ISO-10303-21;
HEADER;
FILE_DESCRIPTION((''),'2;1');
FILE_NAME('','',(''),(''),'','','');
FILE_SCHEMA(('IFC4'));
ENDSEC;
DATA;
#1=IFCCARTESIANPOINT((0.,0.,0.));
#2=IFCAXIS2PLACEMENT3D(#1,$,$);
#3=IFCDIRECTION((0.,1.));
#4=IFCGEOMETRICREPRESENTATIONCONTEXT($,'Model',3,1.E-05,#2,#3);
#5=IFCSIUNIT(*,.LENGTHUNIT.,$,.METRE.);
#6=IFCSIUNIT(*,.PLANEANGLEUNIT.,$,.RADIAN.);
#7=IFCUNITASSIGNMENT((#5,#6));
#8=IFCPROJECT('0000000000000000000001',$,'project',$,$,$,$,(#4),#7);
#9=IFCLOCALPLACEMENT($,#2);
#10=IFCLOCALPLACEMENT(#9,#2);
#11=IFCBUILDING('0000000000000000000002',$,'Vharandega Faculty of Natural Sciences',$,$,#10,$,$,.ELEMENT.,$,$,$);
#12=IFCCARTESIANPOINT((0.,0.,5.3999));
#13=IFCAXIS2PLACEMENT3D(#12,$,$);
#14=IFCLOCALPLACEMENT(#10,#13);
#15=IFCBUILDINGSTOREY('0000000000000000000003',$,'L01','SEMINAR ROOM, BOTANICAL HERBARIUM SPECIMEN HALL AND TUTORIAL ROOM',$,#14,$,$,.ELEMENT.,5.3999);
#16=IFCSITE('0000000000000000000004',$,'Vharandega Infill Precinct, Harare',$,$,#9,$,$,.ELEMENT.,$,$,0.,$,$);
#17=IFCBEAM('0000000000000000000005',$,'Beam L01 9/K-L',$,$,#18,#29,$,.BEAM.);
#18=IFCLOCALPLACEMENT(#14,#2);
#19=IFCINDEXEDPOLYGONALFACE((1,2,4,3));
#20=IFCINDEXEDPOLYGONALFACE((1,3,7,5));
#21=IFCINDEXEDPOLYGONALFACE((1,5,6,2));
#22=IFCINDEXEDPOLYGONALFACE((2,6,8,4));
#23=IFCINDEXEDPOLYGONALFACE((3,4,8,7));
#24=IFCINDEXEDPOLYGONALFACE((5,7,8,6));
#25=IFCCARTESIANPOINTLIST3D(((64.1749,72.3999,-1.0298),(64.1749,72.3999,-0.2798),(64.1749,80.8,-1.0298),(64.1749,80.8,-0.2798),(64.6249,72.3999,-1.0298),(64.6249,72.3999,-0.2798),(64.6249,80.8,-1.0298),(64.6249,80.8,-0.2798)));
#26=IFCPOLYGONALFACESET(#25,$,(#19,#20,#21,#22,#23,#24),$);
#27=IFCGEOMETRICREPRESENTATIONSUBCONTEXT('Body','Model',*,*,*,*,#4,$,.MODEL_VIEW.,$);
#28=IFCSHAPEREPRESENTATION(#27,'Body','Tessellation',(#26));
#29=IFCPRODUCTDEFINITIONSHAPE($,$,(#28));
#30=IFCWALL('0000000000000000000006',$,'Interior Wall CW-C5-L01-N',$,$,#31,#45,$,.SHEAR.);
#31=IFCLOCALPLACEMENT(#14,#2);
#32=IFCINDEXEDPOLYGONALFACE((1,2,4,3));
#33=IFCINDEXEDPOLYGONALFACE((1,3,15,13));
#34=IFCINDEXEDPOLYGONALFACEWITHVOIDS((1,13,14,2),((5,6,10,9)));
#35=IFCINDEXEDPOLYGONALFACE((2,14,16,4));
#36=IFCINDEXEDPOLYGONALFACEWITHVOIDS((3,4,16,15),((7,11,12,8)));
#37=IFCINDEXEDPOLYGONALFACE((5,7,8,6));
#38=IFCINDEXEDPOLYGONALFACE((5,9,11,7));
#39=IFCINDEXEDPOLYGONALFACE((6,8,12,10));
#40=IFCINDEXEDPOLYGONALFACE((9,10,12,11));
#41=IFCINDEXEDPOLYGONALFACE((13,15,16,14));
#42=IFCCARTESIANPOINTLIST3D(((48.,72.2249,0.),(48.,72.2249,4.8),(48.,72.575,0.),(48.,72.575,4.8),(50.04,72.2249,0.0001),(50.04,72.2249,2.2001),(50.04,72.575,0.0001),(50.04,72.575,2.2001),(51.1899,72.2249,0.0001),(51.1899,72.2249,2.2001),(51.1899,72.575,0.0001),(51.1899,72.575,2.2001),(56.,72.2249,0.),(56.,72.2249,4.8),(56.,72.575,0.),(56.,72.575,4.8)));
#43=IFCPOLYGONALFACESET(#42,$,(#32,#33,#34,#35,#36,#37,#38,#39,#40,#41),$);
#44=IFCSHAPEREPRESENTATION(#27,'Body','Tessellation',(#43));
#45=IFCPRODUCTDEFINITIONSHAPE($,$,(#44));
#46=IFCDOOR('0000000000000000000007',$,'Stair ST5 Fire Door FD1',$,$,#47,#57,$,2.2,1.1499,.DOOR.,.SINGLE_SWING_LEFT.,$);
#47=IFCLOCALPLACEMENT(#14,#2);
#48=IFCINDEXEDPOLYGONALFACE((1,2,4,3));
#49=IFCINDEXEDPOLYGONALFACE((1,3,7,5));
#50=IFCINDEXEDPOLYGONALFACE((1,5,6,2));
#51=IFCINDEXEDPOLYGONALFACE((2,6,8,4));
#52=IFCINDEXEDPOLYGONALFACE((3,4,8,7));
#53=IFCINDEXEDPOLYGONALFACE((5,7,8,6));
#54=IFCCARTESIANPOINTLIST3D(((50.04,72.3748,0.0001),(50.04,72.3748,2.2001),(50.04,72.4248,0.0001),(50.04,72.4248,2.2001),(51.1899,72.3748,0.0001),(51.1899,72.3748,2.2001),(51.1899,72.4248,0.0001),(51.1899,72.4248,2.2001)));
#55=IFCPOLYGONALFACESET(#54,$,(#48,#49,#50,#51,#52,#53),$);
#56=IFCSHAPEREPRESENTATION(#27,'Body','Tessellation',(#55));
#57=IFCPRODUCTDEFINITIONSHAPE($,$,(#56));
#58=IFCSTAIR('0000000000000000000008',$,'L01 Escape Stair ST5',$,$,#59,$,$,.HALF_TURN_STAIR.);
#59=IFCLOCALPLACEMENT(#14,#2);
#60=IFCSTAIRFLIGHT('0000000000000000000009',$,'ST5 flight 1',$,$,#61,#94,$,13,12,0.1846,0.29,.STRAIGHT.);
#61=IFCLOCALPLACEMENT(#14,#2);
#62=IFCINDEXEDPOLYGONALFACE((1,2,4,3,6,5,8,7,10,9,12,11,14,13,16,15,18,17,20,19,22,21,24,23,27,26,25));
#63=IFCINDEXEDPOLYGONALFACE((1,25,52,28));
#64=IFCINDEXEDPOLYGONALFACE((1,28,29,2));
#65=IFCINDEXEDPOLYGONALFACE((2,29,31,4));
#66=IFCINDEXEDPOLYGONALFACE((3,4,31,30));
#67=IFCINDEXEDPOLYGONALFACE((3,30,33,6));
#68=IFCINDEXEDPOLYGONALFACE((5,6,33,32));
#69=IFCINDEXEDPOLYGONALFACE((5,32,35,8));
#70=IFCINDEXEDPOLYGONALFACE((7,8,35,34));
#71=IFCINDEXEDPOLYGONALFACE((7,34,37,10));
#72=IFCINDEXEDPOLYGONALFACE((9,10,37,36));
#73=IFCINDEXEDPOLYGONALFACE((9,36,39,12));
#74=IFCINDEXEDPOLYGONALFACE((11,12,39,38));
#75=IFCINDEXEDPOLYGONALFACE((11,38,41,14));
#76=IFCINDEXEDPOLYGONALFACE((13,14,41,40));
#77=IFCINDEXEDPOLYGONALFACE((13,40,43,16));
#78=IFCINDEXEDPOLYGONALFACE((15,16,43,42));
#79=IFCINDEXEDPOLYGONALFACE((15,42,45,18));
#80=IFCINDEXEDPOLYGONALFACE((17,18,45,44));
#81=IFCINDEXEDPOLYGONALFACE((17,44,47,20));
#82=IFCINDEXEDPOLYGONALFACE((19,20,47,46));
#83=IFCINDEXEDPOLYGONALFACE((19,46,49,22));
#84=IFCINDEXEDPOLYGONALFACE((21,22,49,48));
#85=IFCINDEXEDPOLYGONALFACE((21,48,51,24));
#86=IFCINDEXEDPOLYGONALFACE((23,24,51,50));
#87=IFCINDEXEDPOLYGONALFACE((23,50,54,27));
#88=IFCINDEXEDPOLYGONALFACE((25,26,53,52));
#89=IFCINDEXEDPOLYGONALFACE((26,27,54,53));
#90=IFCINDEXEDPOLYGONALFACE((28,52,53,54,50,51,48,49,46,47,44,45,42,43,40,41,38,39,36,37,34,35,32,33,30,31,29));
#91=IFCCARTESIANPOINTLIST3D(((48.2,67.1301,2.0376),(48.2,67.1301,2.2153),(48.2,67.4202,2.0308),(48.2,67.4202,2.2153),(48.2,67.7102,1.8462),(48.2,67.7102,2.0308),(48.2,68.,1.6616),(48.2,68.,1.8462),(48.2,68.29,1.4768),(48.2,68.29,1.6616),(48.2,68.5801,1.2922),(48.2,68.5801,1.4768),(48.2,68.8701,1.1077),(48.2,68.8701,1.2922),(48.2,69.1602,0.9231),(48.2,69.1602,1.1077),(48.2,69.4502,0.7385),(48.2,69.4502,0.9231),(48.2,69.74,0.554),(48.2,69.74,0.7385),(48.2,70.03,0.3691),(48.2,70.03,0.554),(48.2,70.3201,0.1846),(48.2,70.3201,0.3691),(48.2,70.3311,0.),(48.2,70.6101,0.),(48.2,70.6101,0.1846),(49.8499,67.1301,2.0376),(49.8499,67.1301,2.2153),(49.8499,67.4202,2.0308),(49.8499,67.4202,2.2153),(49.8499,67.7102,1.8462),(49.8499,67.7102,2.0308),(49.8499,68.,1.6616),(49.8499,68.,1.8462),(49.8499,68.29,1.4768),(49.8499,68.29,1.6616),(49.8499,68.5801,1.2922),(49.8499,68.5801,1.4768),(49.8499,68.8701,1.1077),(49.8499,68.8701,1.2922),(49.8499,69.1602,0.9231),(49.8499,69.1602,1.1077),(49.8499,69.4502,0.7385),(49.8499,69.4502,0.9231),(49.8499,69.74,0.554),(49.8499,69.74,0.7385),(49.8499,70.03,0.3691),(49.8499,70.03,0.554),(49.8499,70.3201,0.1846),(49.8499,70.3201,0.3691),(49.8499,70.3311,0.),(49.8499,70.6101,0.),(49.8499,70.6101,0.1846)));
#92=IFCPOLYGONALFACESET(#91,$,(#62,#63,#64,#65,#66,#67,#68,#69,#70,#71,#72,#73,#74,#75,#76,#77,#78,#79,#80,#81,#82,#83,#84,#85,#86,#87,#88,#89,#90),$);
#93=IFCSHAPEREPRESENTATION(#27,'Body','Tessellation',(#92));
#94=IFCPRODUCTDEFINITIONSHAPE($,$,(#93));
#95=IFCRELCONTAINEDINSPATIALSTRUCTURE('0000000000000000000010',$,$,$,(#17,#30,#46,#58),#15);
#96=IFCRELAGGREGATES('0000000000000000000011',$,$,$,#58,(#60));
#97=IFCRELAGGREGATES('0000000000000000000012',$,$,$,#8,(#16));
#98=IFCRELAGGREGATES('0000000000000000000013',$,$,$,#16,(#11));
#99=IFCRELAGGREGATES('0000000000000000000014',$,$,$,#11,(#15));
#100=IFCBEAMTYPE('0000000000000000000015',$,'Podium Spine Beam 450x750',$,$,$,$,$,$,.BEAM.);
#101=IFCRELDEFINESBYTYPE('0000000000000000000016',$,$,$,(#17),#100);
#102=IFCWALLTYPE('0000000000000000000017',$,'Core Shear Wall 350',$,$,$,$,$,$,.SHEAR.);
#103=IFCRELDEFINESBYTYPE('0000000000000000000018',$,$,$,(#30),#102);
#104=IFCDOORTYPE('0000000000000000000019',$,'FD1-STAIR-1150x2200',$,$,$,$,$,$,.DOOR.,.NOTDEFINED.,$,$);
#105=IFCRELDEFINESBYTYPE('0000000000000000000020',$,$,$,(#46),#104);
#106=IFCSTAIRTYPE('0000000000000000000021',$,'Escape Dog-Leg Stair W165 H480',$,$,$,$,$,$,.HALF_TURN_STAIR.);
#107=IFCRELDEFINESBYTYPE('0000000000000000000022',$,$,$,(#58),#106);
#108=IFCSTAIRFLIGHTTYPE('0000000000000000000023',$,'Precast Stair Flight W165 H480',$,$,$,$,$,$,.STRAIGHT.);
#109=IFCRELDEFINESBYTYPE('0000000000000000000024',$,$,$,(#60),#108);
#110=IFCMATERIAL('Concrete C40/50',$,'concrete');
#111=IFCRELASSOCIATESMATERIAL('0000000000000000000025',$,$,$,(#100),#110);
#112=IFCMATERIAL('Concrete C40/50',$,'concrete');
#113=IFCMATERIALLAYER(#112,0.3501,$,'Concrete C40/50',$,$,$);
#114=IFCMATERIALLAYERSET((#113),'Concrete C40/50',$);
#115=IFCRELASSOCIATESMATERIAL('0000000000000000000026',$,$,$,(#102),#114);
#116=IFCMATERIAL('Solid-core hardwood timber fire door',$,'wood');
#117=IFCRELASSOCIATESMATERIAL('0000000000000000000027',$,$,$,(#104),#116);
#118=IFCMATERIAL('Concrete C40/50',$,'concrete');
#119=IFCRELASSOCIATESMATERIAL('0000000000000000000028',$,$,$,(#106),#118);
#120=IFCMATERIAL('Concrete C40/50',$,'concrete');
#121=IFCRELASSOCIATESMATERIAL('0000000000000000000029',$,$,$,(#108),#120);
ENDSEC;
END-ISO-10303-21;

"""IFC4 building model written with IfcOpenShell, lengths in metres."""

from ifc_helpers import new_model, si_unit, direction, frame, frame_2d, origin, origin_2d, place, context, subcontext, project, spatial, polyline, rectangle, outline, extrude, material, layer, layer_set, material_profile, profile_set, type_object, element, fill, aggregate, save


model = new_model("IFC4")

# Units and contexts
model_context = context("Model", 3, precision=1e-05, world=origin(), true_north=direction((0.0, 1.0)))
body_context = subcontext(model_context, "Body", "Model", "MODEL_VIEW")
ifc_project = project(units=[si_unit("LENGTHUNIT", "METRE"), si_unit("PLANEANGLEUNIT", "RADIAN")], contexts=[model_context])

# Site, building, storey
site_placement = place(None, origin())
site = spatial("IfcSite", under=ifc_project, at=site_placement, Name="Vharandega Infill Precinct, Harare", CompositionType="ELEMENT", RefElevation=0.0)
building_placement = place(site_placement, origin())
building = spatial("IfcBuilding", under=site, at=building_placement, Name="Vharandega Faculty of Natural Sciences", CompositionType="ELEMENT")
storey_placement = place(building_placement, frame((0.0, 0.0, 5.3999)))
storey = spatial("IfcBuildingStorey", under=building, at=storey_placement, Name="L01", Description="SEMINAR ROOM, BOTANICAL HERBARIUM SPECIMEN HALL AND TUTORIAL ROOM", CompositionType="ELEMENT", Elevation=5.3999)

# Beam
ifc_material_1 = material(Name="Concrete C40/50", Category="concrete")
ifc_material_profile_1 = material_profile(ifc_material_1, rectangle(XDim=0.45, YDim=0.75, at=origin_2d()), Name="RC 450x750")
ifc_profile_set_1 = profile_set([ifc_material_profile_1], Name="Concrete C40/50")
beam_type_1 = type_object("IfcBeamType", Name="Podium Spine Beam 450x750", PredefinedType="BEAM", material=ifc_profile_set_1)
for number, where, z_axis, x_axis, name in (
    (1, (64.3999, 72.3999, -0.6548), (0.0, 1.0, 0.0), (-1.0, 0.0, 0.0), "Beam L01 9/K-L"),
):
    element("IfcBeam", number, at=place(storey_placement, frame(where, z_axis=z_axis, x_axis=x_axis)), inside=storey, type_object=beam_type_1, Name=name, PredefinedType="BEAM", context=body_context, shape_type="SweptSolid", body=[
        extrude(rectangle(XDim=0.45, YDim=0.75, at=origin_2d()), origin(), (0.0, 0.0, 1.0), 8.4001),
    ])

# Wall, opening, door
ifc_material_2 = material(Name="Concrete C40/50", Category="concrete")
ifc_layer = layer(ifc_material_2, 0.3501, Name="Concrete C40/50")
ifc_layer_set = layer_set([ifc_layer], Name="Concrete C40/50")
wall_type = type_object("IfcWallType", Name="Core Shear Wall 350", PredefinedType="SHEAR", material=ifc_layer_set)
wall_placement = place(storey_placement, frame((48.0, 72.3999, 0.0), z_axis=(0.0, 0.0, 1.0), x_axis=(1.0, 0.0, 0.0)))
wall = element("IfcWall", 2, at=wall_placement, inside=storey, type_object=wall_type, Name="Interior Wall CW-C5-L01-N", PredefinedType="SHEAR", context=body_context, shape_type="SweptSolid", body=[
    extrude(rectangle(XDim=8.0, YDim=0.3501, at=frame_2d((4.0, 0.0))), origin(), (0.0, 0.0, 1.0), 4.8),
])
opening_placement = place(wall_placement, frame((2.04, 0.0, 0.0)))
opening = element("IfcOpeningElement", 3, at=opening_placement, cuts=wall, PredefinedType="OPENING", context=body_context, shape_type="SweptSolid", body=[
    extrude(rectangle(XDim=1.1499, YDim=2.2, at=frame_2d((0.575, 1.1001))), frame((0.0, 0.1851, 0.0), z_axis=(0.0, -1.0, 0.0), x_axis=(1.0, 0.0, 0.0)), (0.0, 0.0, 1.0), 0.3701),
])
ifc_material_3 = material(Name="Solid-core hardwood timber fire door", Category="wood")
door_type = type_object("IfcDoorType", Name="FD1-STAIR-1150x2200", OperationType="NOTDEFINED", PredefinedType="DOOR", material=ifc_material_3)
door_placement = place(opening_placement, origin())
door = element("IfcDoor", 4, at=door_placement, inside=storey, type_object=door_type, Name="Stair ST5 Fire Door FD1", OperationType="SINGLE_SWING_LEFT", OverallHeight=2.2, OverallWidth=1.1499, PredefinedType="DOOR", context=body_context, shape_type="SweptSolid", body=[
    extrude(rectangle(XDim=1.1499, YDim=2.2, at=frame_2d((0.575, 1.1001))), frame((0.0, 0.0249, 0.0), z_axis=(0.0, -1.0, 0.0), x_axis=(1.0, 0.0, 0.0)), (0.0, 0.0, 1.0), 0.05),
])
fill(opening, door)

# Stair, stair flight
ifc_material_4 = material(Name="Concrete C40/50", Category="concrete")
stair_type = type_object("IfcStairType", Name="Escape Dog-Leg Stair W165 H480", PredefinedType="HALF_TURN_STAIR", material=ifc_material_4)
stair_placement = place(storey_placement, origin())
stair = element("IfcStair", 5, at=stair_placement, inside=storey, type_object=stair_type, Name="L01 Escape Stair ST5", PredefinedType="HALF_TURN_STAIR")
ifc_material_5 = material(Name="Concrete C40/50", Category="concrete")
stair_flight_type = type_object("IfcStairFlightType", Name="Precast Stair Flight W165 H480", PredefinedType="STRAIGHT", material=ifc_material_5)
stair_flight_placement = place(storey_placement, frame((49.0249, 70.6101, 0.0), z_axis=(0.0, 0.0, 1.0), x_axis=(0.0, -1.0, 0.0)))
stair_flight = element("IfcStairFlight", 6, at=stair_flight_placement, type_object=stair_flight_type, Name="ST5 flight 1", NumberOfRisers=13, NumberOfTreads=12, PredefinedType="STRAIGHT", RiserHeight=0.1846, TreadLength=0.29, context=body_context, shape_type="SweptSolid", body=[
    extrude(outline(polyline([(0.0, 0.0), (0.0, 0.1846), (0.29, 0.1846), (0.29, 0.3691), (0.5801, 0.3691), (0.5801, 0.554), (0.8701, 0.554), (0.8701, 0.7385), (1.1599, 0.7385), (1.1599, 0.9231), (1.45, 0.9231), (1.45, 1.1077), (1.74, 1.1077), (1.74, 1.2922), (2.03, 1.2922), (2.03, 1.4768), (2.3201, 1.4768), (2.3201, 1.6616), (2.6101, 1.6616), (2.6101, 1.8462), (2.8999, 1.8462), (2.8999, 2.0308), (3.1899, 2.0308), (3.1899, 2.2153), (3.48, 2.2153), (3.48, 2.3999), (3.48, 2.0376), (0.2791, 0.0), (0.0, 0.0)])), frame((0.0, 0.825, 0.0), z_axis=(0.0, -1.0, 0.0), x_axis=(1.0, 0.0, 0.0)), (0.0, 0.0, 1.0), 1.6499),
])
aggregate(stair, [stair_flight])

save(model, "model.ifc")
